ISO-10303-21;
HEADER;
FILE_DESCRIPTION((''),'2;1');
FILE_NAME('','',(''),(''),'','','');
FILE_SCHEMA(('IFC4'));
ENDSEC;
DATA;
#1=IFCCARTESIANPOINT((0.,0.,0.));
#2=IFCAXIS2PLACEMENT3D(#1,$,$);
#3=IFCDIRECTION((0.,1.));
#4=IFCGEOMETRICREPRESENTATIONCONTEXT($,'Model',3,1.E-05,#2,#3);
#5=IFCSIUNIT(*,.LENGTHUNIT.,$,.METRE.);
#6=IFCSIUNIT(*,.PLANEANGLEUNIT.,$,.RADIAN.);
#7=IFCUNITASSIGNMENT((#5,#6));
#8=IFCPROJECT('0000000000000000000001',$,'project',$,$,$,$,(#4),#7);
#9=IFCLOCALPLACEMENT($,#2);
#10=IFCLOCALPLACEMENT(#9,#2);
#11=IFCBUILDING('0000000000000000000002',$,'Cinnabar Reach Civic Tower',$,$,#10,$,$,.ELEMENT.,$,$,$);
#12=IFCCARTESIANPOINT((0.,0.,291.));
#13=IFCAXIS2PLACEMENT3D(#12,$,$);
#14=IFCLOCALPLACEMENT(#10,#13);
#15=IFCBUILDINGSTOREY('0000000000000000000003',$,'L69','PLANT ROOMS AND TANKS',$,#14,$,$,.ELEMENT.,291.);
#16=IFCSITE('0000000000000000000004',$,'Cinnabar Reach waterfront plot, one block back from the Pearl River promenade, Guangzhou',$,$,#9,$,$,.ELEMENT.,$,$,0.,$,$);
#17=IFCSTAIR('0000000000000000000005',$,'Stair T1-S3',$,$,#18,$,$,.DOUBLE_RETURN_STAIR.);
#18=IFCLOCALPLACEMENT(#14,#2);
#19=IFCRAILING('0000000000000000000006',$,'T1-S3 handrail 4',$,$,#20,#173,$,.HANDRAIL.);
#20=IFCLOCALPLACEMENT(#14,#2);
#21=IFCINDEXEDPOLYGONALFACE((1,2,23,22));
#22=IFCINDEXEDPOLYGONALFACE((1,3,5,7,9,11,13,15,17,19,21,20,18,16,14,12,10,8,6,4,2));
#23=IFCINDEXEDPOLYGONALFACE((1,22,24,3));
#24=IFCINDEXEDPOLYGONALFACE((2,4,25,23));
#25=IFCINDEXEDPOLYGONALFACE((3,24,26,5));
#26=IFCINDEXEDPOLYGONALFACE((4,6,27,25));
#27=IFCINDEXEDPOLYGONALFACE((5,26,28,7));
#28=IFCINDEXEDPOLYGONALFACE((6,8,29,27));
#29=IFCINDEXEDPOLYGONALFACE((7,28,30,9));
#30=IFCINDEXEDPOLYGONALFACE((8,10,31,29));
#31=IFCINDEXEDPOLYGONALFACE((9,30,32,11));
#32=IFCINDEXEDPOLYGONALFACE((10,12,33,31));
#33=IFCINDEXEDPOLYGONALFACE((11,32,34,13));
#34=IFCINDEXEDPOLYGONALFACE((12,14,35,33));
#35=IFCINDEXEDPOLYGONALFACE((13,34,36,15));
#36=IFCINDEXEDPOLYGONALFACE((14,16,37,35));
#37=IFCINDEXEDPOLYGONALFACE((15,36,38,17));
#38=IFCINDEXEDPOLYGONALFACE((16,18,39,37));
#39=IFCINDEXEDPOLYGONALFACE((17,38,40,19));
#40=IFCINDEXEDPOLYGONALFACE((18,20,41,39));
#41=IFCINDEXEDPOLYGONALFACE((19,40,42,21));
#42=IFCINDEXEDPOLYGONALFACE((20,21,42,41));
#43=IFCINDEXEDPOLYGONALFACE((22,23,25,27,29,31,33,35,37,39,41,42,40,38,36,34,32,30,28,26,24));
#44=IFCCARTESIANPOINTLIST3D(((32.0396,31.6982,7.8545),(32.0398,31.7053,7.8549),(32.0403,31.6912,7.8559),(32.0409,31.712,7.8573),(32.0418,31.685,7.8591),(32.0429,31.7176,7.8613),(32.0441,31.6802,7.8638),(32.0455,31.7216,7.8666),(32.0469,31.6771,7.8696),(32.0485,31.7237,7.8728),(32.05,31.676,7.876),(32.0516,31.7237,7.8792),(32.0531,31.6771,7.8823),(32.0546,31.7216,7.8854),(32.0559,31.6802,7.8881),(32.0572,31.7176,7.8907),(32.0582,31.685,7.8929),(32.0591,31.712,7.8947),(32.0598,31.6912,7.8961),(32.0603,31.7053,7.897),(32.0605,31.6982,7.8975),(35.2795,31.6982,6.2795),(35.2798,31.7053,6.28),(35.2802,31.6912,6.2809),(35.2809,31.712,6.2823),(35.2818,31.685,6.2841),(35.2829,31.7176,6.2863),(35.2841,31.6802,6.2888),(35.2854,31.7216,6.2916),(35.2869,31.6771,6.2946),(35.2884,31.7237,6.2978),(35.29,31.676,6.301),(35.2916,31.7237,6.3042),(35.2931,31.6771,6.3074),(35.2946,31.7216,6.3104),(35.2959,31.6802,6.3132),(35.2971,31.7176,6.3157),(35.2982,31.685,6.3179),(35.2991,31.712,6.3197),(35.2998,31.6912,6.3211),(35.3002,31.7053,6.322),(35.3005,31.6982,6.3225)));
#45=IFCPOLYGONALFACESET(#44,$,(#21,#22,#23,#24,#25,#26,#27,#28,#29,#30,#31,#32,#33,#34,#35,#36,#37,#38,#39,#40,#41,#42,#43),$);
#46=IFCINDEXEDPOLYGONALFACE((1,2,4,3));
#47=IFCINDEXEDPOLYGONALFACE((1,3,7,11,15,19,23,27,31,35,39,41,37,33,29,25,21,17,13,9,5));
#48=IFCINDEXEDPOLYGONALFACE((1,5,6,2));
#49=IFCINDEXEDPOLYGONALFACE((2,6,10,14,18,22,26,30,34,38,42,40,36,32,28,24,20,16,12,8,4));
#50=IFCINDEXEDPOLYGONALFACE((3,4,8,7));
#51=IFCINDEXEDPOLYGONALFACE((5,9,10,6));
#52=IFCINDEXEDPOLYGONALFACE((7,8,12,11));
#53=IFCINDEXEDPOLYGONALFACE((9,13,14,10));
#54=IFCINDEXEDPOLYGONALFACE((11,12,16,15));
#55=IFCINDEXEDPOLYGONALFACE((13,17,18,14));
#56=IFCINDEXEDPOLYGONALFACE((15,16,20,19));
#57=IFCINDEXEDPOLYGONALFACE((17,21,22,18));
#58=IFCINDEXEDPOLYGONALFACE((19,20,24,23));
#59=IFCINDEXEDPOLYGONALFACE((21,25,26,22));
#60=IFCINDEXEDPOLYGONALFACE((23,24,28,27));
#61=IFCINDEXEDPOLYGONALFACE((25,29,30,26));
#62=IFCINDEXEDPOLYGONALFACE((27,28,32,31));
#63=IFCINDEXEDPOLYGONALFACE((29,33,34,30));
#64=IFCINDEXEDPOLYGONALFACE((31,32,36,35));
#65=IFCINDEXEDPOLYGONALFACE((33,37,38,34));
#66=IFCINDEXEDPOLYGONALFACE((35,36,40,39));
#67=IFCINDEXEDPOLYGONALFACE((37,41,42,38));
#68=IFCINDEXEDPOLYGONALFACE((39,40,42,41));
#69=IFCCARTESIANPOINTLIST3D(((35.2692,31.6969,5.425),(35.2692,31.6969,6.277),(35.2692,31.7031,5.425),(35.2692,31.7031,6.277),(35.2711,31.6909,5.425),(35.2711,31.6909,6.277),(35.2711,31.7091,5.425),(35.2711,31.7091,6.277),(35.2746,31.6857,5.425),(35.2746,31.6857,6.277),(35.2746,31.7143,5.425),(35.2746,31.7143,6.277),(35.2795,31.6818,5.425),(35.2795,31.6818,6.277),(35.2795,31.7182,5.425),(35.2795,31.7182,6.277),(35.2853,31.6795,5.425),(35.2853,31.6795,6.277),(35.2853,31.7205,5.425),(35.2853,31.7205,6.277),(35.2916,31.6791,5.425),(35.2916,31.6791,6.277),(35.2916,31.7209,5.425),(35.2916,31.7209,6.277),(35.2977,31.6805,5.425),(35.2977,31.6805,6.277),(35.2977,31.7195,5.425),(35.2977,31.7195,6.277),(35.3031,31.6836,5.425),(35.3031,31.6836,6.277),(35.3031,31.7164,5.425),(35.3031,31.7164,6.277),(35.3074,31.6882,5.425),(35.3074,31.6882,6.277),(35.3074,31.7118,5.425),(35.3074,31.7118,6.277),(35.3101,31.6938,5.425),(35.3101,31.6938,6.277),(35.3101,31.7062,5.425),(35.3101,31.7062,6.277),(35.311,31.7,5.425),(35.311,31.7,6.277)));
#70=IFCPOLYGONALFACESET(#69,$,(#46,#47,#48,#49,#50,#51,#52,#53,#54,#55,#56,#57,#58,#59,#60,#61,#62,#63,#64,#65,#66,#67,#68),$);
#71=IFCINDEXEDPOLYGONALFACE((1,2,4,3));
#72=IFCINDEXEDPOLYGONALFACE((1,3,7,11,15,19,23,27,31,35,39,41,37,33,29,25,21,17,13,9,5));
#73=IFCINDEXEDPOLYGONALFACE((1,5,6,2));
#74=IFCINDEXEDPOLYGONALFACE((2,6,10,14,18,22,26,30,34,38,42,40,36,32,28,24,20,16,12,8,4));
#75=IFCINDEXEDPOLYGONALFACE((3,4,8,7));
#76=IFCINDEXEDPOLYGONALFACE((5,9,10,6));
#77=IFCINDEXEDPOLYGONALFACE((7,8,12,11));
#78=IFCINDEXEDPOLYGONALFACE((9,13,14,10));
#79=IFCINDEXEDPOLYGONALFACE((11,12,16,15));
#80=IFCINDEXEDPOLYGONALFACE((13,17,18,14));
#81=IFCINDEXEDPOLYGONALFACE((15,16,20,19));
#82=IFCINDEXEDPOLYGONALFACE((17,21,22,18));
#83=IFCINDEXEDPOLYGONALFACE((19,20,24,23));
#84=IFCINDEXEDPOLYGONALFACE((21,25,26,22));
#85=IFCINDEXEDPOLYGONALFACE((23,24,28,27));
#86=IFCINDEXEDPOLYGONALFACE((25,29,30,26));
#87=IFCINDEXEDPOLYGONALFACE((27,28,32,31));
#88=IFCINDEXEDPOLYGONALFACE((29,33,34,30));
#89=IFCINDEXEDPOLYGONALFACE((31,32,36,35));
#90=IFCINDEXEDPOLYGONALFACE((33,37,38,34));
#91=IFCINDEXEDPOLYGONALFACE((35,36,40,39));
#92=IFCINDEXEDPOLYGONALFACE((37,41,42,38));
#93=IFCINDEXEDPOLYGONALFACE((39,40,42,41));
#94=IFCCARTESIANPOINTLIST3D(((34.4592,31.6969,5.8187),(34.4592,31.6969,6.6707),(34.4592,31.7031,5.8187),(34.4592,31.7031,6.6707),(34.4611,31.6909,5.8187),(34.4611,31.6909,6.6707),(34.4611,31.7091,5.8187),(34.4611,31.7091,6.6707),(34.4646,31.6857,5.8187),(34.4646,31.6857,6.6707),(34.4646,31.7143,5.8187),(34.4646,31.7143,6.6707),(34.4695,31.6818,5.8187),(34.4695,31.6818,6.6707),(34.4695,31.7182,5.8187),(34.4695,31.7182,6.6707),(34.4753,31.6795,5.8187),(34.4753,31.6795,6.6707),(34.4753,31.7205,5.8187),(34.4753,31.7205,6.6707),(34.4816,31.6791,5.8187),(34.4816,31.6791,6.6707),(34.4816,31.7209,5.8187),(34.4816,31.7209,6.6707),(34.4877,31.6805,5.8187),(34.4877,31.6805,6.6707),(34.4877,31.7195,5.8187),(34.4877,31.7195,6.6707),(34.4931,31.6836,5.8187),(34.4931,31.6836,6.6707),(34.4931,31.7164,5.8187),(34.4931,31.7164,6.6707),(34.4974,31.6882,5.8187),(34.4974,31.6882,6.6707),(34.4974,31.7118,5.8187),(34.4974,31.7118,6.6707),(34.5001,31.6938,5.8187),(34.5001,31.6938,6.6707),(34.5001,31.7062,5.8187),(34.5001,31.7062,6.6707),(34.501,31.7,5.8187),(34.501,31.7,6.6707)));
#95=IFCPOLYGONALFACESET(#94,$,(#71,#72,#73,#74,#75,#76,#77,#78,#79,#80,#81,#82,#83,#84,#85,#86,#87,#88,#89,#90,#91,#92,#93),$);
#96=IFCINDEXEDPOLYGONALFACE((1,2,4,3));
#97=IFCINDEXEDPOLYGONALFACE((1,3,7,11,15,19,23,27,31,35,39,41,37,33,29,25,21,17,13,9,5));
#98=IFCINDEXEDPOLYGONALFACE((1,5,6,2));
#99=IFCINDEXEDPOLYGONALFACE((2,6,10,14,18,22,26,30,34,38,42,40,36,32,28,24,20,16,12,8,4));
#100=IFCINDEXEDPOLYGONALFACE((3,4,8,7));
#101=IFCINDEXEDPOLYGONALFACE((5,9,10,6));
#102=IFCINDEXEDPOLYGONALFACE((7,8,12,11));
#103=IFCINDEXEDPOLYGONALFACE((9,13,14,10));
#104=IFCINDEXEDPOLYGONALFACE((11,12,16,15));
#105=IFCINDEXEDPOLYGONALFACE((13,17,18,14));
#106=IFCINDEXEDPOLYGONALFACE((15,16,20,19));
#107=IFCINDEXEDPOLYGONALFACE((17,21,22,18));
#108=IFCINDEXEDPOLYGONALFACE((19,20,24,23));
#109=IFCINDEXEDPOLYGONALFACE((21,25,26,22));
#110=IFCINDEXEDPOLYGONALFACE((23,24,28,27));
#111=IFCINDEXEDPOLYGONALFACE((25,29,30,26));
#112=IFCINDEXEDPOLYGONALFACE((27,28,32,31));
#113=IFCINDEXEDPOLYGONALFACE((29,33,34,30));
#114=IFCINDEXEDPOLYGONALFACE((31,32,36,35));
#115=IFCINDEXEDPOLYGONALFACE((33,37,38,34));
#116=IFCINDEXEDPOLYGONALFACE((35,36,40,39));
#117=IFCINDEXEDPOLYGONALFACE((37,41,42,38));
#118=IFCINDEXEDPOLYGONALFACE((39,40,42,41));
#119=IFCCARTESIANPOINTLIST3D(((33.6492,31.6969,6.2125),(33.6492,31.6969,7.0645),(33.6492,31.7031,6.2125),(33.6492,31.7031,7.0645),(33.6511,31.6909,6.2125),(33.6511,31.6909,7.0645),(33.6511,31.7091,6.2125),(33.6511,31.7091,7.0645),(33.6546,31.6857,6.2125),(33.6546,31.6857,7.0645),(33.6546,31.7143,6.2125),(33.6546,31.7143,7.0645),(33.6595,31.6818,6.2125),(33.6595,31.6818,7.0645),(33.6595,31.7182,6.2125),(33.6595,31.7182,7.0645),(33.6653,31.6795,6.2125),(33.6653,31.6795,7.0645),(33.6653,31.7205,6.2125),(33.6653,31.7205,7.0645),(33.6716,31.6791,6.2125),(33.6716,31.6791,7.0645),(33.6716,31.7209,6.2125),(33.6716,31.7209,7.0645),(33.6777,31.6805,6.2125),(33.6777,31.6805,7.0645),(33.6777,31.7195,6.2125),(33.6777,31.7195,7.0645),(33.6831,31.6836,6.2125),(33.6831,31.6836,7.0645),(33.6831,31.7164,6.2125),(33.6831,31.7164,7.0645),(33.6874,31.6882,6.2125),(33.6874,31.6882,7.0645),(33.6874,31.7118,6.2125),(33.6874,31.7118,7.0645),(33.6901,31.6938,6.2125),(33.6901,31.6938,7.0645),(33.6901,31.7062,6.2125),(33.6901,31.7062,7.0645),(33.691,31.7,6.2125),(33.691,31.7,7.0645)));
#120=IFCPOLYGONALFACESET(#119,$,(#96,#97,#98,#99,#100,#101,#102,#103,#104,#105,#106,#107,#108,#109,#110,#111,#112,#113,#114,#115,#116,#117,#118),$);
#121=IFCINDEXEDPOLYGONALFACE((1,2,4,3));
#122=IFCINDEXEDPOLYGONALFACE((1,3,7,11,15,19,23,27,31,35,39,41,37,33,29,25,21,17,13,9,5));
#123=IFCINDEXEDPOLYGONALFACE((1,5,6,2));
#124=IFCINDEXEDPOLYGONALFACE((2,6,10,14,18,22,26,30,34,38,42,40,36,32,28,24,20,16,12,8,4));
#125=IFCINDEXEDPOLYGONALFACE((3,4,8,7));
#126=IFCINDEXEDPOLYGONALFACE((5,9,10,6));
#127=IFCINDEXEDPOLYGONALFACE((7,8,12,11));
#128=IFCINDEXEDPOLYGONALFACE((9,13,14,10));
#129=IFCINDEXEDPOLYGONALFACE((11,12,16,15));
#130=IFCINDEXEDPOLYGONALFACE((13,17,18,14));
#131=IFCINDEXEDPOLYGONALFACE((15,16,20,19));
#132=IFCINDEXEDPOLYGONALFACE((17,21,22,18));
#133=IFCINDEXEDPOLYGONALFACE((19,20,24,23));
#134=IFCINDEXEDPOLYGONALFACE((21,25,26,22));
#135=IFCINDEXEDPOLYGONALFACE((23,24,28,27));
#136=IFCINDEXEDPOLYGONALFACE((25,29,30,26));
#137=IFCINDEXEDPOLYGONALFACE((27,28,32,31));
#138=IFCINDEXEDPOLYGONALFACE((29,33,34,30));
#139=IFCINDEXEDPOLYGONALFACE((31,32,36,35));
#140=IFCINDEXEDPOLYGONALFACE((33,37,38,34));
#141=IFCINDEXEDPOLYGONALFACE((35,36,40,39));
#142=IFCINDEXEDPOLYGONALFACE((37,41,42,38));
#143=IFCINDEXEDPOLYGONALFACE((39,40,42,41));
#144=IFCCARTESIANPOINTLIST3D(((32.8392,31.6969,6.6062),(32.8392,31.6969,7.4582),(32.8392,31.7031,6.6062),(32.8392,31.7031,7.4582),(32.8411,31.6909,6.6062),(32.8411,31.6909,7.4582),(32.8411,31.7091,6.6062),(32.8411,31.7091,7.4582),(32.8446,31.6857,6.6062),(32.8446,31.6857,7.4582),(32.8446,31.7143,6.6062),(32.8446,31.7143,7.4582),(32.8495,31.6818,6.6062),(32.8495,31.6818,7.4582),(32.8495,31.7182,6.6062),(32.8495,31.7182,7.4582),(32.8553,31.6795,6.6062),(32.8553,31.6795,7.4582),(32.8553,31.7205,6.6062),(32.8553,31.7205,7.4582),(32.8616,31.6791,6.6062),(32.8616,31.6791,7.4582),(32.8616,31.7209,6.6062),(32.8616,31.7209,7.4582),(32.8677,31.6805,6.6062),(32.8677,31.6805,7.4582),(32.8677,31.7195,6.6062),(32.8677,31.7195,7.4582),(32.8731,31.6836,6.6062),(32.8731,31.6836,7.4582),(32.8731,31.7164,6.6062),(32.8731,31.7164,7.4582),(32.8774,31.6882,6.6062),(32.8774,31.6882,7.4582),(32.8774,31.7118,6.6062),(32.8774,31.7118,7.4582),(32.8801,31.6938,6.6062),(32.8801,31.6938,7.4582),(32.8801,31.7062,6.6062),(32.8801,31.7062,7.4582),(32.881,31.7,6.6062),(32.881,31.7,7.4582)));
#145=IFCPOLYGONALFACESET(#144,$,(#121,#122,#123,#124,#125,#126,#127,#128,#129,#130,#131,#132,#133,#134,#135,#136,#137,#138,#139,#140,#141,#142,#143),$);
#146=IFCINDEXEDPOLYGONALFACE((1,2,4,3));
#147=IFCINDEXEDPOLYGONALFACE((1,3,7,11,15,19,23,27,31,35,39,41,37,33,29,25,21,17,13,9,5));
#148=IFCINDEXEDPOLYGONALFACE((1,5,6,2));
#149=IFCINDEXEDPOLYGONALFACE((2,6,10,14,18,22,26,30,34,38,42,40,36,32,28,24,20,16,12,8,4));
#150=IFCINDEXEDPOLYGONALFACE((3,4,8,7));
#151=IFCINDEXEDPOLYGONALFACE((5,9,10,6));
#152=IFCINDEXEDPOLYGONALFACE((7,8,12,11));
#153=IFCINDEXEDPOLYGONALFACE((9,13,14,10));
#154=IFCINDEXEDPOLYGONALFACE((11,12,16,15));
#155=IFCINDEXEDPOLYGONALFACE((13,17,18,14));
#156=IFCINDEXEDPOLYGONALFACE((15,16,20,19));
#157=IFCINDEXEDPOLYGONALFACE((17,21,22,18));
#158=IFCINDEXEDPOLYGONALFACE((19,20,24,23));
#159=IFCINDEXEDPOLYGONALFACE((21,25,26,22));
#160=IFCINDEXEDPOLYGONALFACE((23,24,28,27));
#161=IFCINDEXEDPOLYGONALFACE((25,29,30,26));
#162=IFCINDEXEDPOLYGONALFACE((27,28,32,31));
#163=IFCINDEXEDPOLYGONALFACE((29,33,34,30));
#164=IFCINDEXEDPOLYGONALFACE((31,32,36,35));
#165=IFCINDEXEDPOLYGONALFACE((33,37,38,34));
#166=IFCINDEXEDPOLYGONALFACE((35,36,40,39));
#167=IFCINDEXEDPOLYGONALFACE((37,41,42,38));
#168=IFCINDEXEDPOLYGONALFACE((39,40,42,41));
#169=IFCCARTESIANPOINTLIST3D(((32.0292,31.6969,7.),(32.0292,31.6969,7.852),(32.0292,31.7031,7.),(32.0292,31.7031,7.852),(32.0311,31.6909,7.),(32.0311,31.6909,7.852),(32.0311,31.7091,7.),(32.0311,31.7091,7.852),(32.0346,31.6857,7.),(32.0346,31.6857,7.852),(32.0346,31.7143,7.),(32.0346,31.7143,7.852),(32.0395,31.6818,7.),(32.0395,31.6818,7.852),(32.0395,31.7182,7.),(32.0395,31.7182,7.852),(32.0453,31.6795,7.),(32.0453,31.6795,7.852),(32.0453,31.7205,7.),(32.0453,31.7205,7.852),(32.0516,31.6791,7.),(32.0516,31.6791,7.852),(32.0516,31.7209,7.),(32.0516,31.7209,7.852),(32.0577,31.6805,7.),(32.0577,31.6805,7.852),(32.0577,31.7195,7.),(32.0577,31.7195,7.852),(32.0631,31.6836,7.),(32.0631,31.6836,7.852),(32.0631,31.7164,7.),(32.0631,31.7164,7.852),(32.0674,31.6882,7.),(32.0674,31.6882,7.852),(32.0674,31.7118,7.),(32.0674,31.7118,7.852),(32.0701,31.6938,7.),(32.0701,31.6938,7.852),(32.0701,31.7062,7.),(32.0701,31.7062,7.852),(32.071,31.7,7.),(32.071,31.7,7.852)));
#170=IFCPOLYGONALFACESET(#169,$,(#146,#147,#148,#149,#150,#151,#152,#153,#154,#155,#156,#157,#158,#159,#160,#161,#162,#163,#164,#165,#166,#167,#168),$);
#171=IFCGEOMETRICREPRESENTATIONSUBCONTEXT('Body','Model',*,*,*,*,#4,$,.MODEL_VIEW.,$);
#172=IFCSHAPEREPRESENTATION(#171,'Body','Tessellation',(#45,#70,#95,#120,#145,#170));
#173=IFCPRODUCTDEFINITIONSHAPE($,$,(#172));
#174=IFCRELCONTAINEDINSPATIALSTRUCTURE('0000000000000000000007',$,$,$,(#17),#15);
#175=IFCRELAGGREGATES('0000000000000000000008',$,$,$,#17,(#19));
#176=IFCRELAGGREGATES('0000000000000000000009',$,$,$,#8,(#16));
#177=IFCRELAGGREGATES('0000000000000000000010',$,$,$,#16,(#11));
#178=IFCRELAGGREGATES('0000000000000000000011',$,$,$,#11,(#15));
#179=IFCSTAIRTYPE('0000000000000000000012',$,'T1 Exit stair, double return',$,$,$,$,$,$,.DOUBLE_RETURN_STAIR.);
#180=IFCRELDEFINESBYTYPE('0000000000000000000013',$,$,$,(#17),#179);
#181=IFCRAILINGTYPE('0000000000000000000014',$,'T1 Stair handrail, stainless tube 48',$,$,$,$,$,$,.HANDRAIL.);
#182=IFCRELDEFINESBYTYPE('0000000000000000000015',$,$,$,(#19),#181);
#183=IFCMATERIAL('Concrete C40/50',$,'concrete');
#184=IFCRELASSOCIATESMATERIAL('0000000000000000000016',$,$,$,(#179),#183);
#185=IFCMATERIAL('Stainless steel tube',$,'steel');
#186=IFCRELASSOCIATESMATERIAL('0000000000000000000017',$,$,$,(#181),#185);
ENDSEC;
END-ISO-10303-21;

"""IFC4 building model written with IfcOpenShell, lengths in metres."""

from ifc_helpers import new_model, si_unit, direction, frame, origin, origin_2d, place, context, subcontext, project, spatial, circle, extrude, material, type_object, element, aggregate, save


model = new_model("IFC4")

# Units and contexts
model_context = context("Model", 3, precision=1e-05, world=origin(), true_north=direction((0.0, 1.0)))
body_context = subcontext(model_context, "Body", "Model", "MODEL_VIEW")
ifc_project = project(units=[si_unit("LENGTHUNIT", "METRE"), si_unit("PLANEANGLEUNIT", "RADIAN")], contexts=[model_context])

# Site, building, storey
site_placement = place(None, origin())
site = spatial("IfcSite", under=ifc_project, at=site_placement, Name="Cinnabar Reach waterfront plot, one block back from the Pearl River promenade, Guangzhou", CompositionType="ELEMENT", RefElevation=0.0)
building_placement = place(site_placement, origin())
building = spatial("IfcBuilding", under=site, at=building_placement, Name="Cinnabar Reach Civic Tower", CompositionType="ELEMENT")
storey_placement = place(building_placement, frame((0.0, 0.0, 291.0)))
storey = spatial("IfcBuildingStorey", under=building, at=storey_placement, Name="L69", Description="PLANT ROOMS AND TANKS", CompositionType="ELEMENT", Elevation=291.0)

# Stair, railing
ifc_material_1 = material(Name="Concrete C40/50", Category="concrete")
stair_type = type_object("IfcStairType", Name="T1 Exit stair, double return", PredefinedType="DOUBLE_RETURN_STAIR", material=ifc_material_1)
stair_placement = place(storey_placement, origin())
stair = element("IfcStair", 1, at=stair_placement, inside=storey, type_object=stair_type, Name="Stair T1-S3", PredefinedType="DOUBLE_RETURN_STAIR")
ifc_material_2 = material(Name="Stainless steel tube", Category="steel")
railing_type = type_object("IfcRailingType", Name="T1 Stair handrail, stainless tube 48", PredefinedType="HANDRAIL", material=ifc_material_2)
railing_1_placement = place(storey_placement, frame((35.29, 31.7, 5.425)))
railing_1 = element("IfcRailing", 2, at=railing_1_placement, type_object=railing_type, Name="T1-S3 handrail 4", PredefinedType="HANDRAIL", context=body_context, shape_type="SweptSolid", body=[
    extrude(circle(Radius=0.024, at=origin_2d()), frame((0.0, 0.0, 0.876), z_axis=(-0.899368, 0.0, 0.437193), x_axis=(0.0, -1.0, 0.0)), (0.0, 0.0, 1.0), 3.6025),
    extrude(circle(Radius=0.021, at=origin_2d()), origin(), (0.0, 0.0, 1.0), 0.852),
    extrude(circle(Radius=0.021, at=origin_2d()), frame((-0.81, 0.0, 0.3937)), (0.0, 0.0, 1.0), 0.852),
    extrude(circle(Radius=0.021, at=origin_2d()), frame((-1.62, 0.0, 0.7875)), (0.0, 0.0, 1.0), 0.852),
    extrude(circle(Radius=0.021, at=origin_2d()), frame((-2.43, 0.0, 1.1812)), (0.0, 0.0, 1.0), 0.852),
    extrude(circle(Radius=0.021, at=origin_2d()), frame((-3.24, 0.0, 1.575)), (0.0, 0.0, 1.0), 0.852),
])
aggregate(stair, [railing_1])

save(model, "model.ifc")
